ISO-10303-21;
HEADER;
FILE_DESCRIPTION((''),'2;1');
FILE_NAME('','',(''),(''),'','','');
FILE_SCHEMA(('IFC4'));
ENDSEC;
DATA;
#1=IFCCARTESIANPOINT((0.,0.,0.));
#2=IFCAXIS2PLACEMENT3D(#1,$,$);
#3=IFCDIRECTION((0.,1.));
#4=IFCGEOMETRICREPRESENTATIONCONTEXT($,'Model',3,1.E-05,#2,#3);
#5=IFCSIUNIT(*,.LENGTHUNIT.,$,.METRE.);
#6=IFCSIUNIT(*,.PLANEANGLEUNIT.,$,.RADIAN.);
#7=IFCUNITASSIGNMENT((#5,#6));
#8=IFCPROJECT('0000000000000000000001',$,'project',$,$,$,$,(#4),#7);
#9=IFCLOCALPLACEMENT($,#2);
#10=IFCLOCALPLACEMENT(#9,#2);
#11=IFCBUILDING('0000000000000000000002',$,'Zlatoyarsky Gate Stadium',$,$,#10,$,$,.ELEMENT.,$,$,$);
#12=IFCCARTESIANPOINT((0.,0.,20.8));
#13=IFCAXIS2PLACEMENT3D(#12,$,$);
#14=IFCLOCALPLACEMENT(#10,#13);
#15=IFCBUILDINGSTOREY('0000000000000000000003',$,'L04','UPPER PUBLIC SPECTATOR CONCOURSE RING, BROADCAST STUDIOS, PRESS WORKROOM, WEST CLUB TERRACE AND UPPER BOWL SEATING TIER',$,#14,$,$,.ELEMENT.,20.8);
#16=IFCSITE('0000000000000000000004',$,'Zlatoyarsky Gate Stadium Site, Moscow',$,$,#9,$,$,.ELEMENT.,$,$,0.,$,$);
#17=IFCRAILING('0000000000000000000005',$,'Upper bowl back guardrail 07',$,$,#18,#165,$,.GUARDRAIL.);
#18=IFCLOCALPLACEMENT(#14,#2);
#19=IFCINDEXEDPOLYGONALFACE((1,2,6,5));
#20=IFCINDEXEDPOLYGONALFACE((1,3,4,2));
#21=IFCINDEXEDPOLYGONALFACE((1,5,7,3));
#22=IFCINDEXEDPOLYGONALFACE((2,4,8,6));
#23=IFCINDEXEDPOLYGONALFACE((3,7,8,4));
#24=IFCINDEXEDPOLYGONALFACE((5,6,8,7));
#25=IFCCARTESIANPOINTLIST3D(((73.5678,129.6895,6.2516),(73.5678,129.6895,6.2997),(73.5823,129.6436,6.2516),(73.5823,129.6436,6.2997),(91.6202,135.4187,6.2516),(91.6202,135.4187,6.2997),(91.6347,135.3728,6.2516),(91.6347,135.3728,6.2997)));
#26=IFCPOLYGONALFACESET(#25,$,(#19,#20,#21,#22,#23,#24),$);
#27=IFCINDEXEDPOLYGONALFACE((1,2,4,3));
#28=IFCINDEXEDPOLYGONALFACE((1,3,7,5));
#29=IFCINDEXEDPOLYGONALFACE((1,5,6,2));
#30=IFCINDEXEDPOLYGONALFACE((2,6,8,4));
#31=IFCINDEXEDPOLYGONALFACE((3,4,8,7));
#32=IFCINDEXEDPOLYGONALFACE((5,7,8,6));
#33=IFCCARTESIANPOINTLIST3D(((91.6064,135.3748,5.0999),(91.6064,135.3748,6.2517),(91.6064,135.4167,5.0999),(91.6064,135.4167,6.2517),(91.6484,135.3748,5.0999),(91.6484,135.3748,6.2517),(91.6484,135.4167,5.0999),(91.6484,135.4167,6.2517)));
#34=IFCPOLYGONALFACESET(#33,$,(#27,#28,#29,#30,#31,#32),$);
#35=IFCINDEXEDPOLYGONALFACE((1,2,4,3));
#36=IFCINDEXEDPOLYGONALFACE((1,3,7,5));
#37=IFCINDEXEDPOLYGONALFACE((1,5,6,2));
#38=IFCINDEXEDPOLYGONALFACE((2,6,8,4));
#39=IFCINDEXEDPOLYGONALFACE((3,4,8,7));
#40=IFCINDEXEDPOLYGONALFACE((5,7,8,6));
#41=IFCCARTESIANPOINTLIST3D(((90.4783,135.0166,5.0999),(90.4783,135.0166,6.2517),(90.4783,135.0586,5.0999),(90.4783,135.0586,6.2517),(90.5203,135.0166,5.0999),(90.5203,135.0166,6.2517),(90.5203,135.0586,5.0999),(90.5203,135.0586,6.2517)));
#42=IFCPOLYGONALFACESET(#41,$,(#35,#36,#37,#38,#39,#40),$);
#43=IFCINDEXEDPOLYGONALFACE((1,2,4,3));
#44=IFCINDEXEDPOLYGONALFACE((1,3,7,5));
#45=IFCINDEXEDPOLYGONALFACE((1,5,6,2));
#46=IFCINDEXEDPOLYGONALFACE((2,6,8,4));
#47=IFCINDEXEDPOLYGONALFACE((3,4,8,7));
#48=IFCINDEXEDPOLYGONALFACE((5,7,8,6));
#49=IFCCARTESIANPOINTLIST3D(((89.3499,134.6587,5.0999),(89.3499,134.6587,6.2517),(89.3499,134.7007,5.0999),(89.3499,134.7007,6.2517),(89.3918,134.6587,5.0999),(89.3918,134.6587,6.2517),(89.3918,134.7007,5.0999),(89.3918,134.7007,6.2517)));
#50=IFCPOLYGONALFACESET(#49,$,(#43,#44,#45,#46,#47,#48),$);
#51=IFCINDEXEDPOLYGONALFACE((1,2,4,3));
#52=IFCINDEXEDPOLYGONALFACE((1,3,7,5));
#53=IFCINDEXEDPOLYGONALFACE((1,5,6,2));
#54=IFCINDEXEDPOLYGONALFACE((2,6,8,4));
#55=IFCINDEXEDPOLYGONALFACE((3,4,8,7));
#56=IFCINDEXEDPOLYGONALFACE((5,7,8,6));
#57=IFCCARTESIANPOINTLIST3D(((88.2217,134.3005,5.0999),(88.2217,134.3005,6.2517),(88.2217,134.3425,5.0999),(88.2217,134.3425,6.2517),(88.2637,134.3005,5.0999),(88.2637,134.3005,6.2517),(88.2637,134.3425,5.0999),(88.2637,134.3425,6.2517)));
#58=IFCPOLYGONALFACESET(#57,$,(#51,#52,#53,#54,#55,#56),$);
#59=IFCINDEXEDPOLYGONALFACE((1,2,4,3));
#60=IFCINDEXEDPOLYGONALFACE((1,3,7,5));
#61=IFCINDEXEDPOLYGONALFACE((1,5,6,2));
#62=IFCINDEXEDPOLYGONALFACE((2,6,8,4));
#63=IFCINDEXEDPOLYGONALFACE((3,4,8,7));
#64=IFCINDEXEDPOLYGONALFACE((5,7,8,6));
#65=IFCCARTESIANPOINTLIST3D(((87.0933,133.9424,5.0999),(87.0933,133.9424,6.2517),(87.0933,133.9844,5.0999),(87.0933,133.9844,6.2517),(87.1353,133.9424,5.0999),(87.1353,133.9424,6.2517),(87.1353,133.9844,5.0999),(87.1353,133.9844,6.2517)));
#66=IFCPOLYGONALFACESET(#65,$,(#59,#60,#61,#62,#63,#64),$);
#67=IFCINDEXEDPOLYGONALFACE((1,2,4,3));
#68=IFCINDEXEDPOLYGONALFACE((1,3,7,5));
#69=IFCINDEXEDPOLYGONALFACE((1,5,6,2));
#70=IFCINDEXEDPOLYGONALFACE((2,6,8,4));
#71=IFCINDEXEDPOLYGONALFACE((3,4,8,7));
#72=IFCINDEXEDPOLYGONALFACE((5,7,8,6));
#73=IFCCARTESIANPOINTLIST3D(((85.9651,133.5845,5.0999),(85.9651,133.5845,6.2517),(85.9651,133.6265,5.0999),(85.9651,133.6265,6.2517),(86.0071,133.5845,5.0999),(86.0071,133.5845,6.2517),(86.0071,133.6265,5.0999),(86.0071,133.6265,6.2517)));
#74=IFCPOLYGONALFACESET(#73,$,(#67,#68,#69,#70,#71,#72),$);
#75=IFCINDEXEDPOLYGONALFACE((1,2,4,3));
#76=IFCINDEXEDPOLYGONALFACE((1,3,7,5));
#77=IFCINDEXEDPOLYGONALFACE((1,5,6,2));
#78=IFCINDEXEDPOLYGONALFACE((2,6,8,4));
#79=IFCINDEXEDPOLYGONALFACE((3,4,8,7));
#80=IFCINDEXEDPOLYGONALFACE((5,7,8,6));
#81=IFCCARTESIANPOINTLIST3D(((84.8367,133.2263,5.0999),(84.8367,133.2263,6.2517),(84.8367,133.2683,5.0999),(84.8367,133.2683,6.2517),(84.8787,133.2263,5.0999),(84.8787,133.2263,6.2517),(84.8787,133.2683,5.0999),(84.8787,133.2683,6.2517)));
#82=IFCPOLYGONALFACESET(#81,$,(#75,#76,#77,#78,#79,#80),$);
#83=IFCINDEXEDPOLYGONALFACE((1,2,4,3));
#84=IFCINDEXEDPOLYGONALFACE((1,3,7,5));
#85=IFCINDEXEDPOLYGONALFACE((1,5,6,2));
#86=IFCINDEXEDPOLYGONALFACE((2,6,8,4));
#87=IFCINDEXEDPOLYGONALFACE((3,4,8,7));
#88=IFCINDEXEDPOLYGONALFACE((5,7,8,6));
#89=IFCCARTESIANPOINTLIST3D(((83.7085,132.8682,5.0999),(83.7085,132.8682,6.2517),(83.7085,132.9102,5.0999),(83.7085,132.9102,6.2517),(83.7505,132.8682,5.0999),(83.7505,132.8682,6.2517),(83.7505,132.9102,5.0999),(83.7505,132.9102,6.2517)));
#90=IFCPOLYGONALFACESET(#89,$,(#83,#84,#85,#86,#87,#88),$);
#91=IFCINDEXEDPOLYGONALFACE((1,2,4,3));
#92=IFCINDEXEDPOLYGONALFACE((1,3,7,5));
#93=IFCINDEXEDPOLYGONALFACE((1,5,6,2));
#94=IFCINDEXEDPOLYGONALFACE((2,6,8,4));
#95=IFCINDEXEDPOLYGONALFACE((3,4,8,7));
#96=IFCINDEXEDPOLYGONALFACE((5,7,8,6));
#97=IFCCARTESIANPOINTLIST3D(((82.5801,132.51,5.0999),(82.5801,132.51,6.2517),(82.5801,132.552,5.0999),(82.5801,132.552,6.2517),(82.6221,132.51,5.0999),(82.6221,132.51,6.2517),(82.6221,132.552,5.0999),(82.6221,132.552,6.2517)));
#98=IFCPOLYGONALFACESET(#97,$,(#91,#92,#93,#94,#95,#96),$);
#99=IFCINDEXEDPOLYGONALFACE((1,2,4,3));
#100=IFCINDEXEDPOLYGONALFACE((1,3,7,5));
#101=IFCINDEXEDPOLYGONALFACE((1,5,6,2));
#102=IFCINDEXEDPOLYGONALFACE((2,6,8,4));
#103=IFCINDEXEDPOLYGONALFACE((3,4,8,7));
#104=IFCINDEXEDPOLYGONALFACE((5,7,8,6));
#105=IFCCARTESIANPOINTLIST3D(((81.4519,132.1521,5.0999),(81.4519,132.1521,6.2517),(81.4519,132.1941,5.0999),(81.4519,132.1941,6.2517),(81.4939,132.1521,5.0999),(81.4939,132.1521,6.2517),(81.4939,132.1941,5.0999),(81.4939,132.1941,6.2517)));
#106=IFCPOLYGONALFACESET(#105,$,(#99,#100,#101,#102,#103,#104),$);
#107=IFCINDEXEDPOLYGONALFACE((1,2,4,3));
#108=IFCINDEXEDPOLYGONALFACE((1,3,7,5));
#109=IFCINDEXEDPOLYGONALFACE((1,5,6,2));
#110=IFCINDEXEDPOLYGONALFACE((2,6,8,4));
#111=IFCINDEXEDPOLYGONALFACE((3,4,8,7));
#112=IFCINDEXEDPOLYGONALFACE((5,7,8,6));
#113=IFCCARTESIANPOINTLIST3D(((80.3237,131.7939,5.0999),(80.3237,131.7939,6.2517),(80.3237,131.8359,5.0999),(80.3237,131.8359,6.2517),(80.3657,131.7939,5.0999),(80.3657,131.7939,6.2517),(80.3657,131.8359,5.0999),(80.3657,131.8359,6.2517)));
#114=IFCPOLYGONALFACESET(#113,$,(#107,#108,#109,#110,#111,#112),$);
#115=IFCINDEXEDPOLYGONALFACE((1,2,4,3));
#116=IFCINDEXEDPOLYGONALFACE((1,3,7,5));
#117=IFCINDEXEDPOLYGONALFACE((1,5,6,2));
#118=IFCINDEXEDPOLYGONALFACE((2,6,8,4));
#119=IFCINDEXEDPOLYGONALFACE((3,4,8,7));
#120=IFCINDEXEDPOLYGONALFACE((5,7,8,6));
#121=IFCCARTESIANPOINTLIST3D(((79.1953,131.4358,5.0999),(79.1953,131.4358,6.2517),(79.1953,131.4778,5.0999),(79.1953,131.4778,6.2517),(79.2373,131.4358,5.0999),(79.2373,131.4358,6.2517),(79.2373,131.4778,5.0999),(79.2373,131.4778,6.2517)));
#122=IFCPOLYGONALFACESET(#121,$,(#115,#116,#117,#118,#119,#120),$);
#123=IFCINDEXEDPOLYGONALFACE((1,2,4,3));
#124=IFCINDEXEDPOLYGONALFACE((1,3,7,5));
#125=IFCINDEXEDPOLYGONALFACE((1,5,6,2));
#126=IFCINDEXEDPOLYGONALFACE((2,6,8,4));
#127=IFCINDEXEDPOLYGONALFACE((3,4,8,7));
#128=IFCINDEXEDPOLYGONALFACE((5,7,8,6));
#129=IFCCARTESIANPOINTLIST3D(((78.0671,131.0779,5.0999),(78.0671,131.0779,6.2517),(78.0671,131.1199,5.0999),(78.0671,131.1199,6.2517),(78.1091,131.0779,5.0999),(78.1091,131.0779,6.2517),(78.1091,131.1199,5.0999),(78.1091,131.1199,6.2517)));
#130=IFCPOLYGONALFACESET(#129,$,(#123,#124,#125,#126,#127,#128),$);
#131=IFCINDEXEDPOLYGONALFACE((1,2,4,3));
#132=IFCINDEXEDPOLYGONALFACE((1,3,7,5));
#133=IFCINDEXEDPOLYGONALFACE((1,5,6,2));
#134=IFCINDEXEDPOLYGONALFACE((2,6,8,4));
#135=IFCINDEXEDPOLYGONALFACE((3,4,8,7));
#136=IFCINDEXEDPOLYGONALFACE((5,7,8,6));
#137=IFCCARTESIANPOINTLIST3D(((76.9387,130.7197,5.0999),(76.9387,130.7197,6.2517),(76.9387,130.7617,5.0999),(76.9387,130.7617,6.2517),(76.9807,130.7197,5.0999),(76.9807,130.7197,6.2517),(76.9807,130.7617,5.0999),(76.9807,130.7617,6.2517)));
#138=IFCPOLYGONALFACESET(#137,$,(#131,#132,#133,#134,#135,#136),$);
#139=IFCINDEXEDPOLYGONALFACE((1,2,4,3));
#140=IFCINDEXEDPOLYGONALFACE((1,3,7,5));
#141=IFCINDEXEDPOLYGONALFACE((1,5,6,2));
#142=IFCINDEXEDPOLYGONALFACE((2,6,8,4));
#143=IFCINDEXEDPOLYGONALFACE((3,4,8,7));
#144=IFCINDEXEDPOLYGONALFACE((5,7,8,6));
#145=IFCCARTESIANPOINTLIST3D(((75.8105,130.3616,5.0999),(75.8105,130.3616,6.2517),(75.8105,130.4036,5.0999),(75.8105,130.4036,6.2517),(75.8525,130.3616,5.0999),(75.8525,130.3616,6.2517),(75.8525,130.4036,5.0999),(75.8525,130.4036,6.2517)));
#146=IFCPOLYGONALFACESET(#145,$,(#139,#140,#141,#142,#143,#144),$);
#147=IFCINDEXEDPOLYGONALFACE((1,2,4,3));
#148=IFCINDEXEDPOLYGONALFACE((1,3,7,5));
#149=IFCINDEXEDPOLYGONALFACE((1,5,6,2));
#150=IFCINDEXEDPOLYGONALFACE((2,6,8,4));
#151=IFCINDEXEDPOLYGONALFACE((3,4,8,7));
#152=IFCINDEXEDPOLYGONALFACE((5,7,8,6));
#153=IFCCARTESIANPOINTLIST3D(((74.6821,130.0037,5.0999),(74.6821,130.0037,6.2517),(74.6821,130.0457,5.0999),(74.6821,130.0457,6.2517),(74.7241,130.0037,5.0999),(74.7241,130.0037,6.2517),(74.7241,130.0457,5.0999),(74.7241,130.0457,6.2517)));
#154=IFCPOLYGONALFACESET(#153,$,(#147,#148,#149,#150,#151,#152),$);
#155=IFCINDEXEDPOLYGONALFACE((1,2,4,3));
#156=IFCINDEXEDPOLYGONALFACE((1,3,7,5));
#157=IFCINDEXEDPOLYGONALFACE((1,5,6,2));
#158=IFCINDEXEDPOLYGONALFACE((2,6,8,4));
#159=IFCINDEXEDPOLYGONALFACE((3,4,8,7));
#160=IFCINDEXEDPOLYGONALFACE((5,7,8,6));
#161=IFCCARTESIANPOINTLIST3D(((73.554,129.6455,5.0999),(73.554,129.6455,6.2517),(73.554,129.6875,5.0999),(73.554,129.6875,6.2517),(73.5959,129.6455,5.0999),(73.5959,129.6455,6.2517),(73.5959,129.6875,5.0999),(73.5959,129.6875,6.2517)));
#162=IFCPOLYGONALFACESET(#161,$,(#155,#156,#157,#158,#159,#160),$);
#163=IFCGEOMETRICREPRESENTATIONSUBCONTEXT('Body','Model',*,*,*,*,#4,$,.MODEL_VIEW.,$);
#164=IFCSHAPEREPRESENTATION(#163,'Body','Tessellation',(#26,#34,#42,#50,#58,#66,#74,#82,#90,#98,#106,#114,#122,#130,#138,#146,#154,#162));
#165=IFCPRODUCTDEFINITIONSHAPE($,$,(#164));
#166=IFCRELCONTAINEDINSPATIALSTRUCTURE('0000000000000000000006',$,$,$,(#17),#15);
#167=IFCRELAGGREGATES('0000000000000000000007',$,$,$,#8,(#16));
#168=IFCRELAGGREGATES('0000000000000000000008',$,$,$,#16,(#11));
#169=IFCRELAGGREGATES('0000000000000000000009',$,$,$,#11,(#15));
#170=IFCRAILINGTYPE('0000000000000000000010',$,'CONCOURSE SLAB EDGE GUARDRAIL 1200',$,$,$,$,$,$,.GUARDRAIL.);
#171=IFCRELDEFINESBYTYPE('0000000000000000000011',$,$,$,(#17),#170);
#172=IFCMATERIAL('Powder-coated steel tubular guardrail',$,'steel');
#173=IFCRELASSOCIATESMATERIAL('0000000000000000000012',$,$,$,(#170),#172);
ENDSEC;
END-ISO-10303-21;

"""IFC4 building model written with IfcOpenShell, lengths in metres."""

from ifc_helpers import new_model, si_unit, direction, frame, origin, origin_2d, place, context, subcontext, project, spatial, rectangle, extrude, material, type_object, element, save


model = new_model("IFC4")

# Units and contexts
model_context = context("Model", 3, precision=1e-05, world=origin(), true_north=direction((0.0, 1.0)))
body_context = subcontext(model_context, "Body", "Model", "MODEL_VIEW")
ifc_project = project(units=[si_unit("LENGTHUNIT", "METRE"), si_unit("PLANEANGLEUNIT", "RADIAN")], contexts=[model_context])

# Site, building, storey
site_placement = place(None, origin())
site = spatial("IfcSite", under=ifc_project, at=site_placement, Name="Zlatoyarsky Gate Stadium Site, Moscow", CompositionType="ELEMENT", RefElevation=0.0)
building_placement = place(site_placement, origin())
building = spatial("IfcBuilding", under=site, at=building_placement, Name="Zlatoyarsky Gate Stadium", CompositionType="ELEMENT")
storey_placement = place(building_placement, frame((0.0, 0.0, 20.8)))
storey = spatial("IfcBuildingStorey", under=building, at=storey_placement, Name="L04", Description="UPPER PUBLIC SPECTATOR CONCOURSE RING, BROADCAST STUDIOS, PRESS WORKROOM, WEST CLUB TERRACE AND UPPER BOWL SEATING TIER", CompositionType="ELEMENT", Elevation=20.8)

# Railing
ifc_material_1 = material(Name="Powder-coated steel tubular guardrail", Category="steel")
railing_type_1 = type_object("IfcRailingType", Name="CONCOURSE SLAB EDGE GUARDRAIL 1200", PredefinedType="GUARDRAIL", material=ifc_material_1)
railing_1_placement = place(storey_placement, frame((91.6274, 135.3958, 5.0999)))
element("IfcRailing", 1, at=railing_1_placement, inside=storey, type_object=railing_type_1, Name="Upper bowl back guardrail 07", PredefinedType="GUARDRAIL", context=body_context, shape_type="SweptSolid", body=[
    extrude(rectangle(XDim=0.0481, YDim=0.0481, at=origin_2d()), frame((0.0, 0.0, 1.1758), z_axis=(-0.95315, -0.302498, 0.0), x_axis=(0.302498, -0.95315, 0.0)), (0.0, 0.0, 1.0), 18.9397),
    extrude(rectangle(XDim=0.042, YDim=0.042, at=origin_2d()), origin(), (0.0, 0.0, 1.0), 1.1519),
    extrude(rectangle(XDim=0.042, YDim=0.042, at=origin_2d()), frame((-1.1282, -0.3582, 0.0)), (0.0, 0.0, 1.0), 1.1519),
    extrude(rectangle(XDim=0.042, YDim=0.042, at=origin_2d()), frame((-2.2566, -0.7161, 0.0)), (0.0, 0.0, 1.0), 1.1519),
    extrude(rectangle(XDim=0.042, YDim=0.042, at=origin_2d()), frame((-3.3848, -1.0742, 0.0)), (0.0, 0.0, 1.0), 1.1519),
    extrude(rectangle(XDim=0.042, YDim=0.042, at=origin_2d()), frame((-4.5132, -1.4324, 0.0)), (0.0, 0.0, 1.0), 1.1519),
    extrude(rectangle(XDim=0.042, YDim=0.042, at=origin_2d()), frame((-5.6414, -1.7903, 0.0)), (0.0, 0.0, 1.0), 1.1519),
    extrude(rectangle(XDim=0.042, YDim=0.042, at=origin_2d()), frame((-6.7698, -2.1484, 0.0)), (0.0, 0.0, 1.0), 1.1519),
    extrude(rectangle(XDim=0.042, YDim=0.042, at=origin_2d()), frame((-7.8979, -2.5066, 0.0)), (0.0, 0.0, 1.0), 1.1519),
    extrude(rectangle(XDim=0.042, YDim=0.042, at=origin_2d()), frame((-9.0264, -2.8647, 0.0)), (0.0, 0.0, 1.0), 1.1519),
    extrude(rectangle(XDim=0.042, YDim=0.042, at=origin_2d()), frame((-10.1545, -3.2227, 0.0)), (0.0, 0.0, 1.0), 1.1519),
    extrude(rectangle(XDim=0.042, YDim=0.042, at=origin_2d()), frame((-11.2827, -3.5808, 0.0)), (0.0, 0.0, 1.0), 1.1519),
    extrude(rectangle(XDim=0.042, YDim=0.042, at=origin_2d()), frame((-12.4111, -3.939, 0.0)), (0.0, 0.0, 1.0), 1.1519),
    extrude(rectangle(XDim=0.042, YDim=0.042, at=origin_2d()), frame((-13.5393, -4.2969, 0.0)), (0.0, 0.0, 1.0), 1.1519),
    extrude(rectangle(XDim=0.042, YDim=0.042, at=origin_2d()), frame((-14.6677, -4.655, 0.0)), (0.0, 0.0, 1.0), 1.1519),
    extrude(rectangle(XDim=0.042, YDim=0.042, at=origin_2d()), frame((-15.7959, -5.0132, 0.0)), (0.0, 0.0, 1.0), 1.1519),
    extrude(rectangle(XDim=0.042, YDim=0.042, at=origin_2d()), frame((-16.9243, -5.3711, 0.0)), (0.0, 0.0, 1.0), 1.1519),
    extrude(rectangle(XDim=0.042, YDim=0.042, at=origin_2d()), frame((-18.0525, -5.7292, 0.0)), (0.0, 0.0, 1.0), 1.1519),
])

save(model, "model.ifc")
